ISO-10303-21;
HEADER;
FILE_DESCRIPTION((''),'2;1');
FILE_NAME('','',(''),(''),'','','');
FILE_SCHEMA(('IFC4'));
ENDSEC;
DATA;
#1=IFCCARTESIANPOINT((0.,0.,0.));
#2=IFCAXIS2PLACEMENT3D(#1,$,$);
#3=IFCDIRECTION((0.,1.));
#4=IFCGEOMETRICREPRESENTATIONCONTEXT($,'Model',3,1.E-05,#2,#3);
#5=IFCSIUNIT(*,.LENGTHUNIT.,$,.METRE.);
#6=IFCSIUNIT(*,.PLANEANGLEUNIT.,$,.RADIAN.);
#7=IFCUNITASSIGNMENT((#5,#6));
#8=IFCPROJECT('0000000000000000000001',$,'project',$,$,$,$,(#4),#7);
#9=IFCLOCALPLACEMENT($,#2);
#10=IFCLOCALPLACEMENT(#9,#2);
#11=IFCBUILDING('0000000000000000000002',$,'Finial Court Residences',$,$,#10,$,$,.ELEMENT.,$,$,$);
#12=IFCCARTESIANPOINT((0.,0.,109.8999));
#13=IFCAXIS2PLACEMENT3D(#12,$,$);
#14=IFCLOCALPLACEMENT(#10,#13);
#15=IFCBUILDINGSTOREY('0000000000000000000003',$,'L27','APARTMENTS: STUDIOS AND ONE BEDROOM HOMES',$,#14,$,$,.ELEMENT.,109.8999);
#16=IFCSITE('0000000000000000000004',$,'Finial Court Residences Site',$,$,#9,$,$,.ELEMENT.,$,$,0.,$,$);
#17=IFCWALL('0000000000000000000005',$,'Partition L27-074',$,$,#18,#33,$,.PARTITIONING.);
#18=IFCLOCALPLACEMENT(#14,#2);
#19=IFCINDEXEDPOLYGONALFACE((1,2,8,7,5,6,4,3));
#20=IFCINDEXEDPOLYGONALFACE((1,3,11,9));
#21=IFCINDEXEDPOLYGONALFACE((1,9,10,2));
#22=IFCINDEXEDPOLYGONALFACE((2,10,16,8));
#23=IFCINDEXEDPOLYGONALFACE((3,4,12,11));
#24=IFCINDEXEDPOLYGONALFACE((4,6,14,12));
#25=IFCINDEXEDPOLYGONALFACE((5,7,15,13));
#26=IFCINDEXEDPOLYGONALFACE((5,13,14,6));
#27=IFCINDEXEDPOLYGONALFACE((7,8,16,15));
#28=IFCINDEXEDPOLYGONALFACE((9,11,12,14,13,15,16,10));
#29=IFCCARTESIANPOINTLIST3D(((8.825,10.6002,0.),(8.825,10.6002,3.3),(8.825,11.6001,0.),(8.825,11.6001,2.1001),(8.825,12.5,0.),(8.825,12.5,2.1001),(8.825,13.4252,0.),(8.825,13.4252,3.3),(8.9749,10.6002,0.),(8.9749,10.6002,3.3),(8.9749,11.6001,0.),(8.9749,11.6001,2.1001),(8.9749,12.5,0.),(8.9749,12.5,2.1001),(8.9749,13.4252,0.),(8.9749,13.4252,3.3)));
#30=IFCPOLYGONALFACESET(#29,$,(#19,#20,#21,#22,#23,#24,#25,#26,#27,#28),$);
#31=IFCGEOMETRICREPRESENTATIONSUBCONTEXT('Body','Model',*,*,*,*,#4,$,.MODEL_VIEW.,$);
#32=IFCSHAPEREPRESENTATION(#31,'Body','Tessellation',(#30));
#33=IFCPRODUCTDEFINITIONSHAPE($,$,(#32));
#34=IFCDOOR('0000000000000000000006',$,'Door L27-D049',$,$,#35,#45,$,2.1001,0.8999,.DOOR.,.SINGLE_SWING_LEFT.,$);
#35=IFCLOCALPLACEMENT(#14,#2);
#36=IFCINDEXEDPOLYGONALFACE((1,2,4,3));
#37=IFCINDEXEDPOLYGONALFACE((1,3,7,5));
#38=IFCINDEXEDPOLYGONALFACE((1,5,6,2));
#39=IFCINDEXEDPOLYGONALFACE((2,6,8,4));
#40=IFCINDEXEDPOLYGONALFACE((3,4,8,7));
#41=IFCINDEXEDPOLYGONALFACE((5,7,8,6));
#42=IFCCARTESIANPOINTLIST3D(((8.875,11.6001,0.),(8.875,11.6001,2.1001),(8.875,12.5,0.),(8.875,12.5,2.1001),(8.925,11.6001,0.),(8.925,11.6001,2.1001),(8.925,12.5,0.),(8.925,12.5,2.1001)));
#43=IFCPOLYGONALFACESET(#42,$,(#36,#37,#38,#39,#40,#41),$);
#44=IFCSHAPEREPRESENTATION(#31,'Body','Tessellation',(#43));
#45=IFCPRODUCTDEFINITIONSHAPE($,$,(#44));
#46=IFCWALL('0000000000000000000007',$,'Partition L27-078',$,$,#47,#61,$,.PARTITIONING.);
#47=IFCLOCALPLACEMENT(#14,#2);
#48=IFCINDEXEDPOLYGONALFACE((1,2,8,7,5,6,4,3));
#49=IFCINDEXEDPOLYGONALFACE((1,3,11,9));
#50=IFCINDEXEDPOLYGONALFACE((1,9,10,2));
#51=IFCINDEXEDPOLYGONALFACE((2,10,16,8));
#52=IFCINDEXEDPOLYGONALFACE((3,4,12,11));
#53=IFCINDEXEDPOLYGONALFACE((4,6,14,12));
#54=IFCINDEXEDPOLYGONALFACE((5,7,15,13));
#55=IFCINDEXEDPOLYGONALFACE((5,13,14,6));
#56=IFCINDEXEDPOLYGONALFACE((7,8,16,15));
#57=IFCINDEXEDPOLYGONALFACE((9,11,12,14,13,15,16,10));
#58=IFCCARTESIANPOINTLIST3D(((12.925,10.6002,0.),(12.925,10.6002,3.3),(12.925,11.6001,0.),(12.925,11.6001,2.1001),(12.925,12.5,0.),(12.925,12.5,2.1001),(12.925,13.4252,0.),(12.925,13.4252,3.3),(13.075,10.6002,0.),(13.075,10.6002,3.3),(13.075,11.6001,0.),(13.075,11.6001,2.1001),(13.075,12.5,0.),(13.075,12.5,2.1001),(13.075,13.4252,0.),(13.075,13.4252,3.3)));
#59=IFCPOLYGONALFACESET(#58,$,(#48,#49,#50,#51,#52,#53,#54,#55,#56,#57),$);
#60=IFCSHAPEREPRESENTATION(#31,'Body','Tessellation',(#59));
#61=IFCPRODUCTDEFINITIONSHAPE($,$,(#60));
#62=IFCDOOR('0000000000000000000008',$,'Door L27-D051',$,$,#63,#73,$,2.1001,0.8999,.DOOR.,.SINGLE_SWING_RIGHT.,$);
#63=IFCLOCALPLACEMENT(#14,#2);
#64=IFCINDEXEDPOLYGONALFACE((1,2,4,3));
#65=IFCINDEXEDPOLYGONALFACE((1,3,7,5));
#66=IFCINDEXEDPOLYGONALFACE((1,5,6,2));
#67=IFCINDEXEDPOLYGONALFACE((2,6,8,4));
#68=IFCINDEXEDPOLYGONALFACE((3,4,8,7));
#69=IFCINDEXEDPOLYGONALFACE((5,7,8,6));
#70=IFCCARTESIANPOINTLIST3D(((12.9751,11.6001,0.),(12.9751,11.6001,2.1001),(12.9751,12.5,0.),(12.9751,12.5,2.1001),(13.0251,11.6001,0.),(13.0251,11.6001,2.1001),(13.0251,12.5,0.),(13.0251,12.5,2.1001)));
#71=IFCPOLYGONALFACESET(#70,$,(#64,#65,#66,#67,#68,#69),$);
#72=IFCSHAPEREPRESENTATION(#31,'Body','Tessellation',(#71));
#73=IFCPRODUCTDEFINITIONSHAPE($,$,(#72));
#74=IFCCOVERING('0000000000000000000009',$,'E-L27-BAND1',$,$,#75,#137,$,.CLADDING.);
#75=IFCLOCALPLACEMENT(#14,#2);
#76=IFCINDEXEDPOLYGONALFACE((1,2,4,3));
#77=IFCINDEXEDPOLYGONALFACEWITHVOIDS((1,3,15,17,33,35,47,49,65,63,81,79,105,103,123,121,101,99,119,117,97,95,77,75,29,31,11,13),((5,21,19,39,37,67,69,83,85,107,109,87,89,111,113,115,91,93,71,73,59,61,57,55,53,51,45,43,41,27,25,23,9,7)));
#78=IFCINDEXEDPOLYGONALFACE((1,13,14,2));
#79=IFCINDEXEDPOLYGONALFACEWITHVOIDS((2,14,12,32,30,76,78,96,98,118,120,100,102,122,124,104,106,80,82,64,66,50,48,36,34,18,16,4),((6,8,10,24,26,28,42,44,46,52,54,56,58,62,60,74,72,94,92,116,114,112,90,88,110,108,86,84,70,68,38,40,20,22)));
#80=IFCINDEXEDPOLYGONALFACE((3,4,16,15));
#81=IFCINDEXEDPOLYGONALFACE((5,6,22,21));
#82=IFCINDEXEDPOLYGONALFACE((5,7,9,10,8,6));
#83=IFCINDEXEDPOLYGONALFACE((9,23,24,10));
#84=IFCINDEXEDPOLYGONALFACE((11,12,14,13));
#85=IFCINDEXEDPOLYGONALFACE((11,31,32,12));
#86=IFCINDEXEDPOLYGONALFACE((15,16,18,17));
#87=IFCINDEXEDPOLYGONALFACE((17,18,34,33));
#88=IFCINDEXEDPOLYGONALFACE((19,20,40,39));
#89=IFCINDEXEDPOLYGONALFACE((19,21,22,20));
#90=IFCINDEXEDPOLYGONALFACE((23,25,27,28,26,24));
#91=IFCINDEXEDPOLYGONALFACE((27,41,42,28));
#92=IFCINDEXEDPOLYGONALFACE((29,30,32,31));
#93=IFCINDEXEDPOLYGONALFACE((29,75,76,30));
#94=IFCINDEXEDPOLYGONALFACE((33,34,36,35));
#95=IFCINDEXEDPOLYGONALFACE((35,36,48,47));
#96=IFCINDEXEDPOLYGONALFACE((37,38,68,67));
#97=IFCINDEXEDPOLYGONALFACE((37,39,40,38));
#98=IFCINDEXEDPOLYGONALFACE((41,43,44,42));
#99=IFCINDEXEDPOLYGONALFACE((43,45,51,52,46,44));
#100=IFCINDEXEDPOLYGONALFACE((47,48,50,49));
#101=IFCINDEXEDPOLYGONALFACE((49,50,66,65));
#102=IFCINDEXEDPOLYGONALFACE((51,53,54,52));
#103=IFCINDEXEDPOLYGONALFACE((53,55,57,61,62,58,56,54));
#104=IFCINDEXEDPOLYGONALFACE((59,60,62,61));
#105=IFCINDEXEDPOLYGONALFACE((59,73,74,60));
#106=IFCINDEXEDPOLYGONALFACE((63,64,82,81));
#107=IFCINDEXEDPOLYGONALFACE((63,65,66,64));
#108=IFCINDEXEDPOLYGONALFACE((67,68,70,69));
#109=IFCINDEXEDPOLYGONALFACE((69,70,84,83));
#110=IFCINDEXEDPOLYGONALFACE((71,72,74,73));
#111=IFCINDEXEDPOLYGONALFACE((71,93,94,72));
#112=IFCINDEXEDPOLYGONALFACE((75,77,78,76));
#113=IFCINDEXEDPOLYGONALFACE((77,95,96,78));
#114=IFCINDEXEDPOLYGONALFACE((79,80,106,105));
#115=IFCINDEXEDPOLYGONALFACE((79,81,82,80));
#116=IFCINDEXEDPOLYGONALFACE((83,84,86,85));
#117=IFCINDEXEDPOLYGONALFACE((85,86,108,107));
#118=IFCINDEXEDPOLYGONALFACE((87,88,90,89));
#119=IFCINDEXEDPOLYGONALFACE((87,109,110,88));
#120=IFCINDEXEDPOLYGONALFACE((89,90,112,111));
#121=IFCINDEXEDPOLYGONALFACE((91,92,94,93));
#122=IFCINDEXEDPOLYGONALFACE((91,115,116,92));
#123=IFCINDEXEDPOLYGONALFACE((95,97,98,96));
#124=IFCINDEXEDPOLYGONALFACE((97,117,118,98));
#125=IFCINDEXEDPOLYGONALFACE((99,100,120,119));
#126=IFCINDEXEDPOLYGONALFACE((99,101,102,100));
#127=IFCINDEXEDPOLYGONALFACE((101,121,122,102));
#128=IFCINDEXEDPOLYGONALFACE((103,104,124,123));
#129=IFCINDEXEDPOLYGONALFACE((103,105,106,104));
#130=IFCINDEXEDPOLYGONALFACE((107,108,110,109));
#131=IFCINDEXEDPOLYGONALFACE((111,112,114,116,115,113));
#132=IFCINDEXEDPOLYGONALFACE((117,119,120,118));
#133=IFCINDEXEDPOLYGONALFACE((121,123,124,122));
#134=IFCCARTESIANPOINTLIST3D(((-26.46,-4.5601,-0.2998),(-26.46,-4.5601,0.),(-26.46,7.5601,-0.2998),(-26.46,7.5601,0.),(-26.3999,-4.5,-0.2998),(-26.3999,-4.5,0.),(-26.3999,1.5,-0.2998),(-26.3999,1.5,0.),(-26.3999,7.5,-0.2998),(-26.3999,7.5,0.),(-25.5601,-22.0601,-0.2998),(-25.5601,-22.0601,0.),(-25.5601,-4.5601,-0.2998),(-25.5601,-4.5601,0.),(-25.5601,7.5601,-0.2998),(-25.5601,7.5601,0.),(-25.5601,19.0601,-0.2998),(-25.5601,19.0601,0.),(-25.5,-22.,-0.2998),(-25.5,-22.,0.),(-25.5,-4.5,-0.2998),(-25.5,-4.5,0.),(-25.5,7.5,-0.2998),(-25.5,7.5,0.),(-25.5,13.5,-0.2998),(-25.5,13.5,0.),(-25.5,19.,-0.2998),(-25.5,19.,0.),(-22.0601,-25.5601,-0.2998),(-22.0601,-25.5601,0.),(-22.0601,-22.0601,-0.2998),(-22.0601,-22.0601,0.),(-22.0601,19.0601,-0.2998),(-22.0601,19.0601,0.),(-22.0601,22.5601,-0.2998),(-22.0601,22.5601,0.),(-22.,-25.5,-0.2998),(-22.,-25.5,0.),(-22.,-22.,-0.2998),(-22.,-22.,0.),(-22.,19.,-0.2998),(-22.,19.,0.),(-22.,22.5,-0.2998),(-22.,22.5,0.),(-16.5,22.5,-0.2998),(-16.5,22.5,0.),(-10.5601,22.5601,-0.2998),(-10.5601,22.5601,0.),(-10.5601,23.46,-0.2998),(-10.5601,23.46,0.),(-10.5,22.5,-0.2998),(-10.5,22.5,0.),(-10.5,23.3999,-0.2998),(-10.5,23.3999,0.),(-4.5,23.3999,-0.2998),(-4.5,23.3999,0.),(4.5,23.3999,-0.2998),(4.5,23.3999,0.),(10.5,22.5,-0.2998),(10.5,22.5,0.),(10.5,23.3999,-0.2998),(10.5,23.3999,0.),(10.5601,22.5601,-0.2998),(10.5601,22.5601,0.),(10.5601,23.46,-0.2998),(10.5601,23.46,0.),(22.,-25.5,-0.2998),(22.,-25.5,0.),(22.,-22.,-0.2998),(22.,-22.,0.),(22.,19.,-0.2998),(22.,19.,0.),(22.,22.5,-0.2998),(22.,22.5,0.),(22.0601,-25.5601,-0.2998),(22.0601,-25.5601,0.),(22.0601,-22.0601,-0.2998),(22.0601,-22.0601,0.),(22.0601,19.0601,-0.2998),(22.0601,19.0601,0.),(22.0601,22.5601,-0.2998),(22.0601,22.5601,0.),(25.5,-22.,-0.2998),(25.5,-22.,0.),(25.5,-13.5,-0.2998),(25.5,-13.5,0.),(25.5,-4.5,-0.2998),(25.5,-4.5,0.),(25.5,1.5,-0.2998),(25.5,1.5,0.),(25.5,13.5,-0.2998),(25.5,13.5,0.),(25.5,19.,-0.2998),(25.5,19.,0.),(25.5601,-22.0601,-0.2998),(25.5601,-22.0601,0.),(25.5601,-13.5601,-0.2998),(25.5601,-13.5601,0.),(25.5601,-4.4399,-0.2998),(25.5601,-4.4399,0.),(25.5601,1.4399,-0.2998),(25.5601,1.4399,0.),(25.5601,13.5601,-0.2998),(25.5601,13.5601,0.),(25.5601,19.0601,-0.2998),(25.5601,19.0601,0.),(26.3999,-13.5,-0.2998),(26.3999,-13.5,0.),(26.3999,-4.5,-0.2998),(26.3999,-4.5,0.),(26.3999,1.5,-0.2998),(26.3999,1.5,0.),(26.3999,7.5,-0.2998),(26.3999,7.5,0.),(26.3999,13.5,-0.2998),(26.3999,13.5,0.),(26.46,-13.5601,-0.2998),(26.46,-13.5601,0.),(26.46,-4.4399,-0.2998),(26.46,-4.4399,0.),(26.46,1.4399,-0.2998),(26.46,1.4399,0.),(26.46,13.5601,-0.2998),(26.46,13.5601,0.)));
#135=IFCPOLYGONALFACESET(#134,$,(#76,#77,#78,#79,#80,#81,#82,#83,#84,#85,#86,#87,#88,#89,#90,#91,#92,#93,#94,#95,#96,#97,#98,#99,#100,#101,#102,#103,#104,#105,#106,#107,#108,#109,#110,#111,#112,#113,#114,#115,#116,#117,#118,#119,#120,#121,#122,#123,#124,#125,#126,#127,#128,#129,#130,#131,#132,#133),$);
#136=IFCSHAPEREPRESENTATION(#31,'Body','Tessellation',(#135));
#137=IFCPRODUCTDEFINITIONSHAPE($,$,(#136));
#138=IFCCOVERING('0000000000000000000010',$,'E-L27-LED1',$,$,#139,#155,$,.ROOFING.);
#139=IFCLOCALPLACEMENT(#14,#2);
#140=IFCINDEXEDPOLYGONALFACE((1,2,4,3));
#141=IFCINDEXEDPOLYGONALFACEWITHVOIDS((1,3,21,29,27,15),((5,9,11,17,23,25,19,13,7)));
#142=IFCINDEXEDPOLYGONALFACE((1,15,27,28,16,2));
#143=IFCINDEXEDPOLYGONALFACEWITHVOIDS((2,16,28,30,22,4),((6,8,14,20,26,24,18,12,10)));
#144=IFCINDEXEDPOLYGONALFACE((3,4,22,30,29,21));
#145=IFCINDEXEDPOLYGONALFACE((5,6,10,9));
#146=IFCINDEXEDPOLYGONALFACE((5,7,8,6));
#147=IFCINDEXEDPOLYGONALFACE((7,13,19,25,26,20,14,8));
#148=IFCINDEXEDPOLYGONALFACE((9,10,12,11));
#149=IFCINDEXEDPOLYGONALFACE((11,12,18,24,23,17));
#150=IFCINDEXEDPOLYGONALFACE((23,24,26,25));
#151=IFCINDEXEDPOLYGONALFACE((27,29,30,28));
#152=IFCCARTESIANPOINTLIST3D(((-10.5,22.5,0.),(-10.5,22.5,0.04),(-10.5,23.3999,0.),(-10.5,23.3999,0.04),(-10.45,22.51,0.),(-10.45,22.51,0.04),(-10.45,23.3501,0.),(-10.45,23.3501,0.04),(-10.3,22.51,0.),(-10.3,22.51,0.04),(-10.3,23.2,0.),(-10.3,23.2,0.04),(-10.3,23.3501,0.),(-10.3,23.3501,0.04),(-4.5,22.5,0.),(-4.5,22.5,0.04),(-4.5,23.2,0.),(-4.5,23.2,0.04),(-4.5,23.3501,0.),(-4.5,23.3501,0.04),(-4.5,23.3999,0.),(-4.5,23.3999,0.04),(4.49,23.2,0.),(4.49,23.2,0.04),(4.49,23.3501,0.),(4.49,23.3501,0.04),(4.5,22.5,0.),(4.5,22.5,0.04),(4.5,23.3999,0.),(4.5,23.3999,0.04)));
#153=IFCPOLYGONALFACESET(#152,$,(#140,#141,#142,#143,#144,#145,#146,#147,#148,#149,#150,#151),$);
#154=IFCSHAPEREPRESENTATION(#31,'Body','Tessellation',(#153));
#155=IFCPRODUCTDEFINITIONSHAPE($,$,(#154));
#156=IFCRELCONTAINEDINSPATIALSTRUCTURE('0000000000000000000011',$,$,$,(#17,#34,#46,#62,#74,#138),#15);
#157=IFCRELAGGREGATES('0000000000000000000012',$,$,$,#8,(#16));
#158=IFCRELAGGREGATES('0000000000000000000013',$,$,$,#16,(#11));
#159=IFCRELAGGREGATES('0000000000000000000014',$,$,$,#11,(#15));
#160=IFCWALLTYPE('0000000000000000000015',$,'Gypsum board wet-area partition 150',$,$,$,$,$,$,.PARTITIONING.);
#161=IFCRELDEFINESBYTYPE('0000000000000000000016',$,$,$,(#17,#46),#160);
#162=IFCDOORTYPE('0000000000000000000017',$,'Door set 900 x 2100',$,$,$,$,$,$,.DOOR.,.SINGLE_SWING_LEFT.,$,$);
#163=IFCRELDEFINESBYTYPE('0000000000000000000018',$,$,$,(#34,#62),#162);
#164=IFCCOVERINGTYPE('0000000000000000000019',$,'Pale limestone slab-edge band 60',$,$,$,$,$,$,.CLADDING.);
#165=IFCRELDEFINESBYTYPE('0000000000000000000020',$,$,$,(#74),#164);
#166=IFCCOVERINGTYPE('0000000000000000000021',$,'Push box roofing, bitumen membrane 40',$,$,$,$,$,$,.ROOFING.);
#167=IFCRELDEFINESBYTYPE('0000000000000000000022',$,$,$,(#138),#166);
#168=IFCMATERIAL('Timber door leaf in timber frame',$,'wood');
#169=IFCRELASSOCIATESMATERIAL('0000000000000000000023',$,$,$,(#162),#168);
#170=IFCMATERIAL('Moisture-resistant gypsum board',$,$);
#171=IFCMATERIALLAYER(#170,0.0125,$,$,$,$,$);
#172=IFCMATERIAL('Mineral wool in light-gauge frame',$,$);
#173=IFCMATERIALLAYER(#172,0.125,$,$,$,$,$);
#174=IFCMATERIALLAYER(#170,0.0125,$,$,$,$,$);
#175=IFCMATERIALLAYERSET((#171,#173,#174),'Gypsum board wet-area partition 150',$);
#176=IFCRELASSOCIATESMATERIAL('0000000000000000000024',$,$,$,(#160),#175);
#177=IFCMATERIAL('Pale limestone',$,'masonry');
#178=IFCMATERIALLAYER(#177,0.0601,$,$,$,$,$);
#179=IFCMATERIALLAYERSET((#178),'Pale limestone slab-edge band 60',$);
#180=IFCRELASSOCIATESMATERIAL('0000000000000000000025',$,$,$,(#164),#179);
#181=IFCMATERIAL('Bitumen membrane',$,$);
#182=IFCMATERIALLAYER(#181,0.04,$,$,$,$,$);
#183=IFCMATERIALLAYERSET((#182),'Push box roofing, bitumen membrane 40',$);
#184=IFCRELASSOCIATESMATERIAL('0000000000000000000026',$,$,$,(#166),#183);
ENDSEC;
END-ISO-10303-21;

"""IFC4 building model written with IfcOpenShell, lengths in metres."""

from ifc_helpers import new_model, si_unit, direction, frame, frame_2d, origin, place, context, subcontext, project, spatial, polyline, rectangle, outline, extrude, material, layer, layer_set, type_object, element, fill, save


model = new_model("IFC4")

# Units and contexts
model_context = context("Model", 3, precision=1e-05, world=origin(), true_north=direction((0.0, 1.0)))
body_context = subcontext(model_context, "Body", "Model", "MODEL_VIEW")
ifc_project = project(units=[si_unit("LENGTHUNIT", "METRE"), si_unit("PLANEANGLEUNIT", "RADIAN")], contexts=[model_context])

# Site, building, storey
site_placement = place(None, origin())
site = spatial("IfcSite", under=ifc_project, at=site_placement, Name="Finial Court Residences Site", CompositionType="ELEMENT", RefElevation=0.0)
building_placement = place(site_placement, origin())
building = spatial("IfcBuilding", under=site, at=building_placement, Name="Finial Court Residences", CompositionType="ELEMENT")
storey_placement = place(building_placement, frame((0.0, 0.0, 109.8999)))
storey = spatial("IfcBuildingStorey", under=building, at=storey_placement, Name="L27", Description="APARTMENTS: STUDIOS AND ONE BEDROOM HOMES", CompositionType="ELEMENT", Elevation=109.8999)

# Shared definitions
ifc_material_1 = material(Name="Mineral wool in light-gauge frame")
ifc_material_2 = material(Name="Timber door leaf in timber frame", Category="wood")
door_type = type_object("IfcDoorType", Name="Door set 900 x 2100", OperationType="SINGLE_SWING_LEFT", PredefinedType="DOOR", material=ifc_material_2)

# Walls, openings, doors
ifc_material_3 = material(Name="Moisture-resistant gypsum board")
ifc_layer_1 = layer(ifc_material_3, 0.0125)
ifc_layer_2 = layer(ifc_material_1, 0.125)
ifc_layer_3 = layer(ifc_material_3, 0.0125)
ifc_layer_set_1 = layer_set([ifc_layer_1, ifc_layer_2, ifc_layer_3], Name="Gypsum board wet-area partition 150")
wall_type_1 = type_object("IfcWallType", Name="Gypsum board wet-area partition 150", PredefinedType="PARTITIONING", material=ifc_layer_set_1)
wall_1_placement = place(storey_placement, frame((8.8999, 10.6001, 0.0), z_axis=(0.0, 0.0, 1.0), x_axis=(0.0, 1.0, 0.0)))
wall_1 = element("IfcWall", 1, at=wall_1_placement, inside=storey, type_object=wall_type_1, Name="Partition L27-074", PredefinedType="PARTITIONING", context=body_context, shape_type="SweptSolid", body=[
    extrude(rectangle(XDim=2.825, YDim=0.1499, at=frame_2d((1.4126, 0.0))), origin(), (0.0, 0.0, 1.0), 3.3),
])
opening_1_placement = place(wall_1_placement, frame((1.0, 0.0, 0.0)))
opening_1 = element("IfcOpeningElement", 2, at=opening_1_placement, cuts=wall_1, PredefinedType="OPENING", context=body_context, shape_type="SweptSolid", body=[
    extrude(rectangle(XDim=0.8999, YDim=2.1001, at=frame_2d((0.45, 1.05))), frame((0.0, 0.085, 0.0), z_axis=(0.0, -1.0, 0.0), x_axis=(1.0, 0.0, 0.0)), (0.0, 0.0, 1.0), 0.1699),
])
door_1_placement = place(opening_1_placement, origin())
door_1 = element("IfcDoor", 3, at=door_1_placement, inside=storey, type_object=door_type, Name="Door L27-D049", OperationType="SINGLE_SWING_LEFT", OverallHeight=2.1001, OverallWidth=0.8999, PredefinedType="DOOR", context=body_context, shape_type="SweptSolid", body=[
    extrude(rectangle(XDim=0.8999, YDim=2.1001, at=frame_2d((0.45, 1.05))), frame((0.0, 0.0249, 0.0), z_axis=(0.0, -1.0, 0.0), x_axis=(1.0, 0.0, 0.0)), (0.0, 0.0, 1.0), 0.05),
])
fill(opening_1, door_1)
wall_2_placement = place(storey_placement, frame((13.0, 10.6001, 0.0), z_axis=(0.0, 0.0, 1.0), x_axis=(0.0, 1.0, 0.0)))
wall_2 = element("IfcWall", 4, at=wall_2_placement, inside=storey, type_object=wall_type_1, Name="Partition L27-078", PredefinedType="PARTITIONING", context=body_context, shape_type="SweptSolid", body=[
    extrude(rectangle(XDim=2.825, YDim=0.1499, at=frame_2d((1.4126, 0.0))), origin(), (0.0, 0.0, 1.0), 3.3),
])
opening_2_placement = place(wall_2_placement, frame((1.0, 0.0, 0.0)))
opening_2 = element("IfcOpeningElement", 5, at=opening_2_placement, cuts=wall_2, PredefinedType="OPENING", context=body_context, shape_type="SweptSolid", body=[
    extrude(rectangle(XDim=0.8999, YDim=2.1001, at=frame_2d((0.45, 1.05))), frame((0.0, 0.085, 0.0), z_axis=(0.0, -1.0, 0.0), x_axis=(1.0, 0.0, 0.0)), (0.0, 0.0, 1.0), 0.1699),
])
door_2_placement = place(opening_2_placement, origin())
door_2 = element("IfcDoor", 6, at=door_2_placement, inside=storey, type_object=door_type, Name="Door L27-D051", OperationType="SINGLE_SWING_RIGHT", OverallHeight=2.1001, OverallWidth=0.8999, PredefinedType="DOOR", context=body_context, shape_type="SweptSolid", body=[
    extrude(rectangle(XDim=0.8999, YDim=2.1001, at=frame_2d((0.45, 1.05))), frame((0.0, 0.0249, 0.0), z_axis=(0.0, -1.0, 0.0), x_axis=(1.0, 0.0, 0.0)), (0.0, 0.0, 1.0), 0.05),
])
fill(opening_2, door_2)

# Coverings
ifc_material_4 = material(Name="Pale limestone", Category="masonry")
ifc_layer_4 = layer(ifc_material_4, 0.0601)
ifc_layer_set_2 = layer_set([ifc_layer_4], Name="Pale limestone slab-edge band 60")
covering_type_1 = type_object("IfcCoveringType", Name="Pale limestone slab-edge band 60", PredefinedType="CLADDING", material=ifc_layer_set_2)
covering_1_placement = place(storey_placement, frame((0.0, 0.0, -0.2998)))
element("IfcCovering", 7, at=covering_1_placement, inside=storey, type_object=covering_type_1, Name="E-L27-BAND1", PredefinedType="CLADDING", context=body_context, shape_type="SweptSolid", body=[
    extrude(outline(polyline([(-25.5601, 7.5601), (-25.5601, 19.0601), (-22.0601, 19.0601), (-22.0601, 22.5601), (-10.5601, 22.5601), (-10.5601, 23.46), (10.5601, 23.46), (10.5601, 22.5601), (22.0601, 22.5601), (22.0601, 19.0601), (25.5601, 19.0601), (25.5601, 13.5601), (26.46, 13.5601), (26.46, 1.4399), (25.5601, 1.4399), (25.5601, -4.4399), (26.46, -4.4399), (26.46, -13.5601), (25.5601, -13.5601), (25.5601, -22.0601), (22.0601, -22.0601), (22.0601, -25.5601), (-22.0601, -25.5601), (-22.0601, -22.0601), (-25.5601, -22.0601), (-25.5601, -4.5601), (-26.46, -4.5601), (-26.46, 7.5601), (-25.5601, 7.5601)]), holes=[polyline([(-26.3999, 1.5), (-26.3999, -4.5), (-25.5, -4.5), (-25.5, -22.0), (-22.0, -22.0), (-22.0, -25.5), (22.0, -25.5), (22.0, -22.0), (25.5, -22.0), (25.5, -13.5), (26.3999, -13.5), (26.3999, -4.5), (25.5, -4.5), (25.5, 1.5), (26.3999, 1.5), (26.3999, 7.5), (26.3999, 13.5), (25.5, 13.5), (25.5, 19.0), (22.0, 19.0), (22.0, 22.5), (10.5, 22.5), (10.5, 23.3999), (4.5, 23.3999), (-4.5, 23.3999), (-10.5, 23.3999), (-10.5, 22.5), (-16.5, 22.5), (-22.0, 22.5), (-22.0, 19.0), (-25.5, 19.0), (-25.5, 13.5), (-25.5, 7.5), (-26.3999, 7.5), (-26.3999, 1.5)])]), origin(), (0.0, 0.0, 1.0), 0.2998),
])
ifc_material_5 = material(Name="Bitumen membrane")
ifc_layer_5 = layer(ifc_material_5, 0.04)
ifc_layer_set_3 = layer_set([ifc_layer_5], Name="Push box roofing, bitumen membrane 40")
covering_type_2 = type_object("IfcCoveringType", Name="Push box roofing, bitumen membrane 40", PredefinedType="ROOFING", material=ifc_layer_set_3)
covering_2_placement = place(storey_placement, origin())
element("IfcCovering", 8, at=covering_2_placement, inside=storey, type_object=covering_type_2, Name="E-L27-LED1", PredefinedType="ROOFING", context=body_context, shape_type="SweptSolid", body=[
    extrude(outline(polyline([(4.5, 23.3999), (4.5, 22.5), (-4.5, 22.5), (-10.5, 22.5), (-10.5, 23.3999), (-4.5, 23.3999), (4.5, 23.3999)]), holes=[polyline([(-10.45, 23.3501), (-10.45, 22.51), (-10.3, 22.51), (-10.3, 23.2), (-4.5, 23.2), (4.49, 23.2), (4.49, 23.3501), (-4.5, 23.3501), (-10.3, 23.3501), (-10.3, 23.3501), (-10.45, 23.3501)])]), origin(), (0.0, 0.0, 1.0), 0.04),
])

save(model, "model.ifc")
